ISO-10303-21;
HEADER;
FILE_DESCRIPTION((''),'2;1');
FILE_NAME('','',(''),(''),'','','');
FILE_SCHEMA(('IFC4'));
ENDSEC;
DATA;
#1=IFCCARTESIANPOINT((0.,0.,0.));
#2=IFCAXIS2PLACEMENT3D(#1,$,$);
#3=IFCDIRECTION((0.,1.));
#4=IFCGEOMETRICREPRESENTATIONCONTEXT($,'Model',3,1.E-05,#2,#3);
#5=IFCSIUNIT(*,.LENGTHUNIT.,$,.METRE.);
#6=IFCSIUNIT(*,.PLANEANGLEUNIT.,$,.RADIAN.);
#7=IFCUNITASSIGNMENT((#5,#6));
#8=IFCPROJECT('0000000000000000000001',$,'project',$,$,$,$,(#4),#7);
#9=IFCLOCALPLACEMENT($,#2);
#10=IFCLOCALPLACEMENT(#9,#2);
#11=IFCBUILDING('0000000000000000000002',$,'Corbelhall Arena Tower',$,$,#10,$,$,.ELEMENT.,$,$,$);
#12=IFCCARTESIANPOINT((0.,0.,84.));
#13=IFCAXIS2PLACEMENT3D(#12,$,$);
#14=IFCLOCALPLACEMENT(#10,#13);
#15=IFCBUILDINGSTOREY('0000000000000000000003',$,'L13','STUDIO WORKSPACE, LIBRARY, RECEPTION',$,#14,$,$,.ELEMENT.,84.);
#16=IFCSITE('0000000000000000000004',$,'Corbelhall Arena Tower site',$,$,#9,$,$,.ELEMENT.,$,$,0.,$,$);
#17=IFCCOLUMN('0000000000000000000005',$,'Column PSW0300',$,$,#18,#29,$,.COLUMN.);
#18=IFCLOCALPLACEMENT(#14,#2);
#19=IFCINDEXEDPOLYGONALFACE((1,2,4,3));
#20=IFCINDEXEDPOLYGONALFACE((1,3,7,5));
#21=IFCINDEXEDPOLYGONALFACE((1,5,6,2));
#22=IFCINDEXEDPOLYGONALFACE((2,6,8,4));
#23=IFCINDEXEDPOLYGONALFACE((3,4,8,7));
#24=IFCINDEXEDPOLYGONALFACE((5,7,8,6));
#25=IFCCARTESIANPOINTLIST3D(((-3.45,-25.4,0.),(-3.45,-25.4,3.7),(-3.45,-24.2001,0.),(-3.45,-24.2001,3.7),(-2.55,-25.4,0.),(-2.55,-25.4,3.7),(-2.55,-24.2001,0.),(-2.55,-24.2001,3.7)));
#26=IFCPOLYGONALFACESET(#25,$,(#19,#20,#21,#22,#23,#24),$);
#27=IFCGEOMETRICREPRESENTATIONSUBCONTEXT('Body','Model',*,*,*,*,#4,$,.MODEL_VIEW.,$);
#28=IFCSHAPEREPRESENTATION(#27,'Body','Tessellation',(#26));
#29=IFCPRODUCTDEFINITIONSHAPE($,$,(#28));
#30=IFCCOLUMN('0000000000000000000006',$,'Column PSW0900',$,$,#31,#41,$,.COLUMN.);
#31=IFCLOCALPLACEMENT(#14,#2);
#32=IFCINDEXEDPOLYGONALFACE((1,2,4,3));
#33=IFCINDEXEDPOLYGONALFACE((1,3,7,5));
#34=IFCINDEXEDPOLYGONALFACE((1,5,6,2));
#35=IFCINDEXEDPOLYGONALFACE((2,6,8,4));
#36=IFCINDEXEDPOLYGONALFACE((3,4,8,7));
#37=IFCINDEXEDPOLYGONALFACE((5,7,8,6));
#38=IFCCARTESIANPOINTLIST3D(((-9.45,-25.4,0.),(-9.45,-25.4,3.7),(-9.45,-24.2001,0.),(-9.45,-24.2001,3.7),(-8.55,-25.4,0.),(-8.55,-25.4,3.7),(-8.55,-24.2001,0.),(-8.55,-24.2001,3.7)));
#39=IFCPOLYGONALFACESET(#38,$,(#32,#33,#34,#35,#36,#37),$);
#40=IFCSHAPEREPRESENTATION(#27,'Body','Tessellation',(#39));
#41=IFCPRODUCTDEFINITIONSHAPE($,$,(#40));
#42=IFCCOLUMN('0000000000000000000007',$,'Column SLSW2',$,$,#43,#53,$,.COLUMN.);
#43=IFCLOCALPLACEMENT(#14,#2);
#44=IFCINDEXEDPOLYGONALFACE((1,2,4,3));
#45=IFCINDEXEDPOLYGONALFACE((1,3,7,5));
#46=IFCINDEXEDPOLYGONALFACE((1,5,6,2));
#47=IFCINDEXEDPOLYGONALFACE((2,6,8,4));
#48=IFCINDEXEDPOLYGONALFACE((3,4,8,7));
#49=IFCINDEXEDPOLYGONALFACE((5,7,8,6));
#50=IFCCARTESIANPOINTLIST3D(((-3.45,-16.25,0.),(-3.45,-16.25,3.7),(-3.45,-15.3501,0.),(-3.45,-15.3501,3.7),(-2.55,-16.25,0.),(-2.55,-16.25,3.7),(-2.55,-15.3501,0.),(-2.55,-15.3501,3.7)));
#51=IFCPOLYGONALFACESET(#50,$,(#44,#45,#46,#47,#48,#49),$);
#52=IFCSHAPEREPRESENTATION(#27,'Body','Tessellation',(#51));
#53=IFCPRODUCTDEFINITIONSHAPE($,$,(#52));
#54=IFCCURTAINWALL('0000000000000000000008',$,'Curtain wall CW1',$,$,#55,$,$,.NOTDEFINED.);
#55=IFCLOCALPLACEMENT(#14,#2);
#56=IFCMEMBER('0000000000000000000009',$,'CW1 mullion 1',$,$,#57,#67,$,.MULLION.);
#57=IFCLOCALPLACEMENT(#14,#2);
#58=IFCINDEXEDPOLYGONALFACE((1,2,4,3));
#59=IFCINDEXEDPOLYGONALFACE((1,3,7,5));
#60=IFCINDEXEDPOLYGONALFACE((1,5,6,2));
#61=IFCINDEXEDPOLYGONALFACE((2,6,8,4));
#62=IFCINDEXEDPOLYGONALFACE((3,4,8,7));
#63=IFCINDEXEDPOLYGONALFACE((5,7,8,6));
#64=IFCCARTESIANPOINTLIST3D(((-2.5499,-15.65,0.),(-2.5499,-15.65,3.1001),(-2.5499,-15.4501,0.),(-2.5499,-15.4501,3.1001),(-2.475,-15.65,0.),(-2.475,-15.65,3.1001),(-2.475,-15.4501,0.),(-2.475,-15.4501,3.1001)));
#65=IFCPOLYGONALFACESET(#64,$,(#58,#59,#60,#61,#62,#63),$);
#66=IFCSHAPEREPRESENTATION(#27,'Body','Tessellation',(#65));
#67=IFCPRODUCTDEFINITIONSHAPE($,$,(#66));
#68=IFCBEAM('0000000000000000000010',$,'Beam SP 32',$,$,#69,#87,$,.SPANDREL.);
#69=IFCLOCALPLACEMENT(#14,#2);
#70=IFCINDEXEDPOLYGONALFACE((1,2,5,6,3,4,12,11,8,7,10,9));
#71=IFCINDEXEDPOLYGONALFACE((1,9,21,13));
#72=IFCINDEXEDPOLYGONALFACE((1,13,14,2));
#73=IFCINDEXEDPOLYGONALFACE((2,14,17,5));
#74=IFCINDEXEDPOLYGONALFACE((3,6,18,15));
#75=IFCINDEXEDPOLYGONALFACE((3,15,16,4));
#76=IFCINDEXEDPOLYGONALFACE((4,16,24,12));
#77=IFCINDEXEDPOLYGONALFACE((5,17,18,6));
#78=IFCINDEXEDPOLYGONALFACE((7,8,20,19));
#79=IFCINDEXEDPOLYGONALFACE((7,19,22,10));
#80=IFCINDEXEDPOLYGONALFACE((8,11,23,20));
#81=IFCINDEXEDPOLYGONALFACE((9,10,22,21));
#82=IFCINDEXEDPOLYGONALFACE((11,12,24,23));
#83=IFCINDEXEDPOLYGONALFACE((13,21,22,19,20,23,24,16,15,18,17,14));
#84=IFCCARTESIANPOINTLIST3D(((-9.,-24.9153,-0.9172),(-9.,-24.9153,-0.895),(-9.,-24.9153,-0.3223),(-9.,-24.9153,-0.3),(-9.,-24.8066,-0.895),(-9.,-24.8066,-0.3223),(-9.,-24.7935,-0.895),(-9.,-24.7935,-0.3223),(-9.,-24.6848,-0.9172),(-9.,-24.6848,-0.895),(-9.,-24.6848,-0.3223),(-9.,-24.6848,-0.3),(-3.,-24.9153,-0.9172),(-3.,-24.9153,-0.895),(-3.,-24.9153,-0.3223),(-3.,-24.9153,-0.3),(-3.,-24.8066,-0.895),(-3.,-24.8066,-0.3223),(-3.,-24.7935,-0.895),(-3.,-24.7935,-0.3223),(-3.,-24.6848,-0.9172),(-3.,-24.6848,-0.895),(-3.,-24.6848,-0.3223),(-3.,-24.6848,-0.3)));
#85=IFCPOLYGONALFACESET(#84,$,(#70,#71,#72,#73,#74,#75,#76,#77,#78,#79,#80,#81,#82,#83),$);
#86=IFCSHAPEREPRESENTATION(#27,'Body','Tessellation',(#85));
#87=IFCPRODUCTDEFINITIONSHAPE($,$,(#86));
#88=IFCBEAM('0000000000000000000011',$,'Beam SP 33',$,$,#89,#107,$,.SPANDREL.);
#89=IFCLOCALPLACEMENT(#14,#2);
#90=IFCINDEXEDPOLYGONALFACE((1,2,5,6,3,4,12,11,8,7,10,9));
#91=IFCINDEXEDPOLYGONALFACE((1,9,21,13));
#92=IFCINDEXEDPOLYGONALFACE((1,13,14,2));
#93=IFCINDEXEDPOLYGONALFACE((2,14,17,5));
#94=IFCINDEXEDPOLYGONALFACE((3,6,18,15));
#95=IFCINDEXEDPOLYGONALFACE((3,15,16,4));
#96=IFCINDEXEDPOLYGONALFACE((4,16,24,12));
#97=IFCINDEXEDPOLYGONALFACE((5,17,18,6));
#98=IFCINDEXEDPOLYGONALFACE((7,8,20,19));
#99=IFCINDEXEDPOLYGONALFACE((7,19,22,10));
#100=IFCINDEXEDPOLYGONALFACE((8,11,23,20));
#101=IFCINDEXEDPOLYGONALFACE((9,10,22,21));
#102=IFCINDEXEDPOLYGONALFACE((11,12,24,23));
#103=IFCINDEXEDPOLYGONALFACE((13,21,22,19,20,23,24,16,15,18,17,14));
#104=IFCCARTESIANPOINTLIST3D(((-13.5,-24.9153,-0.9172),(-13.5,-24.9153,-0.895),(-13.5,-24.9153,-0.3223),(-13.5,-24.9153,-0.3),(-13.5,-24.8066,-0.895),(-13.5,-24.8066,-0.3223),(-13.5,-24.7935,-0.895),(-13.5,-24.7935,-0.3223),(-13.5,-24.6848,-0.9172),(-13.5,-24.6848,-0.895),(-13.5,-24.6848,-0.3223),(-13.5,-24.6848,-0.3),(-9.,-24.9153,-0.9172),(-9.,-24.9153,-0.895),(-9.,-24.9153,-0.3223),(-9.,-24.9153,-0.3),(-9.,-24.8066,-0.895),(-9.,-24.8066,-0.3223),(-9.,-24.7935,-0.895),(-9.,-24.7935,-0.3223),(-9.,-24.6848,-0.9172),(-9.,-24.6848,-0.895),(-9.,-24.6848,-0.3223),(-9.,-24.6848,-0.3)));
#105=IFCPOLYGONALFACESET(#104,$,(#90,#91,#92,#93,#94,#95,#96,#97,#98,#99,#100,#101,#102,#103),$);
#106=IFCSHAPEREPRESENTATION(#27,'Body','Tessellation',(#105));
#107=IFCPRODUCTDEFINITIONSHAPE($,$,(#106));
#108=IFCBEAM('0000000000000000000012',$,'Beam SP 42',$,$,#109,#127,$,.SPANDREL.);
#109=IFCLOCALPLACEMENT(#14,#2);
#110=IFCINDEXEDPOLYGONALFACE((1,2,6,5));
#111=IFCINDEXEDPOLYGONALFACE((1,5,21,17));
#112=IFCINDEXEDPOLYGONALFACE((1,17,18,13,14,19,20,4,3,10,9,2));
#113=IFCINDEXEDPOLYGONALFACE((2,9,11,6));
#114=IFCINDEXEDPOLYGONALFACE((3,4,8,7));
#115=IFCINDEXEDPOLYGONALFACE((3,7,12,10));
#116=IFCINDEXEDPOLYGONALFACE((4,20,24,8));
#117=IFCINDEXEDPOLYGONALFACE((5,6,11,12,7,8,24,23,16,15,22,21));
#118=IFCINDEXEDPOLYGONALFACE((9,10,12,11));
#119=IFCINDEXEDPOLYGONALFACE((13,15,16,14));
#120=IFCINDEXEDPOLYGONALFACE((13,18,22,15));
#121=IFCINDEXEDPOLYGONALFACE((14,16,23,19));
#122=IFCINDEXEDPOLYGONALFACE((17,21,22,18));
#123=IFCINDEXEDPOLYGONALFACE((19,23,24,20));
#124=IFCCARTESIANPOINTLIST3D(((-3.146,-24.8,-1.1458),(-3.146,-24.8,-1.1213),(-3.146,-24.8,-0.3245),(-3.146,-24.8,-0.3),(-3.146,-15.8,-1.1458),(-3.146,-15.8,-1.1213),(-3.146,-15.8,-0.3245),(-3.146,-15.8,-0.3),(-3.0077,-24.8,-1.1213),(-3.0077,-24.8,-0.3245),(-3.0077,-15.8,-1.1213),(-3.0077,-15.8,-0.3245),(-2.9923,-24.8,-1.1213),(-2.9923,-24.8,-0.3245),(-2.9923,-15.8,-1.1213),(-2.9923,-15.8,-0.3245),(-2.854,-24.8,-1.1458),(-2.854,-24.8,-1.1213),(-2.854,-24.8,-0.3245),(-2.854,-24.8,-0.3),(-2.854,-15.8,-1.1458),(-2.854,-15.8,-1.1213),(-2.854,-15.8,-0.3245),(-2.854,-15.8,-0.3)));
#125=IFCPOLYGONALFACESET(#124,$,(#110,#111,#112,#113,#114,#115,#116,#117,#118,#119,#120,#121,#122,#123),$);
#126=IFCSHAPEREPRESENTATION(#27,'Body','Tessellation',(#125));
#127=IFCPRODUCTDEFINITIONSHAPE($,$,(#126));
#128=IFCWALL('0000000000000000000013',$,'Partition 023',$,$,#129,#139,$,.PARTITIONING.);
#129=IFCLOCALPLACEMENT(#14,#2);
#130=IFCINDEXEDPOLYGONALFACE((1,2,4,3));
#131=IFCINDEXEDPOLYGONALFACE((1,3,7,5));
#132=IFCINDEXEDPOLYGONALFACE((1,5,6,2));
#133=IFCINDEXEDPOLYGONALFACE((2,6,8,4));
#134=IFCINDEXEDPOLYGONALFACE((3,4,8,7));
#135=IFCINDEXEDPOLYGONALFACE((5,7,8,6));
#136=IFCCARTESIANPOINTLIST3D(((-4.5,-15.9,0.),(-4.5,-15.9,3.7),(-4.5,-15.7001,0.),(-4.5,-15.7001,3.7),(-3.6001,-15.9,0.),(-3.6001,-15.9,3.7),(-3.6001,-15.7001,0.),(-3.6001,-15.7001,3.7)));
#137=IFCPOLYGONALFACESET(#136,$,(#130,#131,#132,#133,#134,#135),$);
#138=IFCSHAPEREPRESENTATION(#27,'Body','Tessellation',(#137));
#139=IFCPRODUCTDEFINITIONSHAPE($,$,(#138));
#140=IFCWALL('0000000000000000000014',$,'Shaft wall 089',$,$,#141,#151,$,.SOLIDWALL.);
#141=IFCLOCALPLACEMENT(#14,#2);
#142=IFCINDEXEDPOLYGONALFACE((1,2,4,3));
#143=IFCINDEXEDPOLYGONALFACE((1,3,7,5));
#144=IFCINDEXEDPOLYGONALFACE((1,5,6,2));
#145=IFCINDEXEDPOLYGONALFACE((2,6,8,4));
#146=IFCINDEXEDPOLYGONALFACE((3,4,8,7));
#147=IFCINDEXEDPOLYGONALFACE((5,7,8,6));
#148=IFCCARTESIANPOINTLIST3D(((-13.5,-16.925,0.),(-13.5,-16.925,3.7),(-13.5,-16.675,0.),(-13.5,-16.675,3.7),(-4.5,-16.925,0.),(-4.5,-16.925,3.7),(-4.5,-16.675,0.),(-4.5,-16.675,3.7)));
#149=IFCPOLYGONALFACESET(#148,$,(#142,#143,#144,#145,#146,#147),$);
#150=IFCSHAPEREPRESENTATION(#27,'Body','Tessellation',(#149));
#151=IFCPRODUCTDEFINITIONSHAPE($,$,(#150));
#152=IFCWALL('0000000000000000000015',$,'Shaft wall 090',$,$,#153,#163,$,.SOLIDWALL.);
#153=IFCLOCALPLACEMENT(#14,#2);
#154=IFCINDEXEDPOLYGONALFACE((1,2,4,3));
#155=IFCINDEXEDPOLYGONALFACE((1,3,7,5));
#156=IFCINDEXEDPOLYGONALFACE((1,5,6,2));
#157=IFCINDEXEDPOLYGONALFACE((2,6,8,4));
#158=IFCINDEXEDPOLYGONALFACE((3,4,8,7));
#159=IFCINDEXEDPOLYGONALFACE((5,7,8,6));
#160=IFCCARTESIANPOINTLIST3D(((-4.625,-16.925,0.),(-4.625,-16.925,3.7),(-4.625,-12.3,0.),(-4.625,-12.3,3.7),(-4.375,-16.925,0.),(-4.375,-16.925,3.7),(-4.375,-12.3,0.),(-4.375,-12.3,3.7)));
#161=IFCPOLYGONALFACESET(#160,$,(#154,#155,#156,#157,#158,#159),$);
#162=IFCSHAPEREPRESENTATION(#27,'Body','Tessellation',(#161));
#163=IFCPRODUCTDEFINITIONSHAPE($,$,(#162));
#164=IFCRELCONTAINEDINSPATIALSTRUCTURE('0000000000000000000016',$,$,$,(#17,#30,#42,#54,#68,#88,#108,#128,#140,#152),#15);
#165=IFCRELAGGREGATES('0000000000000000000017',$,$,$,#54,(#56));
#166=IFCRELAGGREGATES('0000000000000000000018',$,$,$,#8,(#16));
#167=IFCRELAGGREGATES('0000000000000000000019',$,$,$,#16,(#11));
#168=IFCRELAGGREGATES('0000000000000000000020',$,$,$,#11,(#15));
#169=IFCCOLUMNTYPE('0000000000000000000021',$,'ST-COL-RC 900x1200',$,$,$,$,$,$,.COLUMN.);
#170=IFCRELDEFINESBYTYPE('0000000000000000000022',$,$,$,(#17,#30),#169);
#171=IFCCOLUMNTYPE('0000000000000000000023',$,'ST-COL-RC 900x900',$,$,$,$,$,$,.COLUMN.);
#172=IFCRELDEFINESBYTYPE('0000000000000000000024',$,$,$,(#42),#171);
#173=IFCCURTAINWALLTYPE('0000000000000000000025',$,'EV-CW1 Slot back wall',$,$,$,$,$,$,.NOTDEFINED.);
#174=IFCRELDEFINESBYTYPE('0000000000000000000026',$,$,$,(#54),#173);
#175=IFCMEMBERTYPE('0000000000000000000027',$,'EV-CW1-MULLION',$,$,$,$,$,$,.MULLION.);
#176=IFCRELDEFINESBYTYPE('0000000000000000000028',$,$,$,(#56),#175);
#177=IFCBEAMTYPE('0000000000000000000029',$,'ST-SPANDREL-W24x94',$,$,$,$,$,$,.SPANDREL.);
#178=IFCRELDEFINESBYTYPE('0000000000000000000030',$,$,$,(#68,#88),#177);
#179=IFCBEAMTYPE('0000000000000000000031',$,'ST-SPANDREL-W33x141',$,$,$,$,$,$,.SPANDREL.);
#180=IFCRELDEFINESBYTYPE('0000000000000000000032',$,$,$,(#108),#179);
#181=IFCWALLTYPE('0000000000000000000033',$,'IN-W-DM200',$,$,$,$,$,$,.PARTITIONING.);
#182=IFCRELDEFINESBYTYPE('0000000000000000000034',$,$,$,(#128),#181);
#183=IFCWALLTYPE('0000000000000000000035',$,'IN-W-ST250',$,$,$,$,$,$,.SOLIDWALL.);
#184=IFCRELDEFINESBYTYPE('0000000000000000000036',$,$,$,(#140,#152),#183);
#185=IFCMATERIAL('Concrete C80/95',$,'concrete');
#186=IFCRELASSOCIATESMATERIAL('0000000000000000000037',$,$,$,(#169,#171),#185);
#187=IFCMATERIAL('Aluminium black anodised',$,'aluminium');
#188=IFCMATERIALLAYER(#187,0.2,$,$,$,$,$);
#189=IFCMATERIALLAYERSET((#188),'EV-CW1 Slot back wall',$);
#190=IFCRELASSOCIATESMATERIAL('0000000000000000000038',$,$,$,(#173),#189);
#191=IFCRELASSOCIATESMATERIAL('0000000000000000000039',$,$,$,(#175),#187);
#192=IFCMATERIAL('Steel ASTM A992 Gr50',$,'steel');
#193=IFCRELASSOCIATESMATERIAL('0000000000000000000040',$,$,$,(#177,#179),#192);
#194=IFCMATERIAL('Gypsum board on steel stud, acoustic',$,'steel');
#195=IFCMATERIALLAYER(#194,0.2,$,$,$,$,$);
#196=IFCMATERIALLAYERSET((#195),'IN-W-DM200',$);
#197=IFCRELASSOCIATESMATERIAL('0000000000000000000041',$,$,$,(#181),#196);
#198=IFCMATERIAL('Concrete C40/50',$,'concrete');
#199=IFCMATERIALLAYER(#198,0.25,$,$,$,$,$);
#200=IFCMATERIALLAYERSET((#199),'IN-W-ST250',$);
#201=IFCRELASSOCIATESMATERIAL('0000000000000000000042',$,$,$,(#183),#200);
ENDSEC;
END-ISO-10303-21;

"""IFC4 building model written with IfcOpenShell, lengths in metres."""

from ifc_helpers import new_model, si_unit, direction, frame, frame_2d, origin, origin_2d, place, context, subcontext, project, spatial, rectangle, i_section, extrude, material, layer, layer_set, material_profile, profile_set, type_object, element, aggregate, save


model = new_model("IFC4")

# Units and contexts
model_context = context("Model", 3, precision=1e-05, world=origin(), true_north=direction((0.0, 1.0)))
body_context = subcontext(model_context, "Body", "Model", "MODEL_VIEW")
ifc_project = project(units=[si_unit("LENGTHUNIT", "METRE"), si_unit("PLANEANGLEUNIT", "RADIAN")], contexts=[model_context])

# Site, building, storey
site_placement = place(None, origin())
site = spatial("IfcSite", under=ifc_project, at=site_placement, Name="Corbelhall Arena Tower site", CompositionType="ELEMENT", RefElevation=0.0)
building_placement = place(site_placement, origin())
building = spatial("IfcBuilding", under=site, at=building_placement, Name="Corbelhall Arena Tower", CompositionType="ELEMENT")
storey_placement = place(building_placement, frame((0.0, 0.0, 84.0)))
storey = spatial("IfcBuildingStorey", under=building, at=storey_placement, Name="L13", Description="STUDIO WORKSPACE, LIBRARY, RECEPTION", CompositionType="ELEMENT", Elevation=84.0)

# Columns
ifc_material_1 = material(Name="Concrete C80/95", Category="concrete")
ifc_material_profile_1 = material_profile(ifc_material_1, rectangle(XDim=0.8999, YDim=1.2, at=origin_2d()))
ifc_profile_set_1 = profile_set([ifc_material_profile_1], Name="Concrete C80/95")
column_type_1 = type_object("IfcColumnType", Name="ST-COL-RC 900x1200", PredefinedType="COLUMN", material=ifc_profile_set_1)
for number, where, z_axis, x_axis, name in (
    (1, (-3.0, -24.8, 0.0), (0.0, 0.0, 1.0), (1.0, 0.0, 0.0), "Column PSW0300"),
    (2, (-9.0, -24.8, 0.0), (0.0, 0.0, 1.0), (1.0, 0.0, 0.0), "Column PSW0900"),
):
    element("IfcColumn", number, at=place(storey_placement, frame(where, z_axis=z_axis, x_axis=x_axis)), inside=storey, type_object=column_type_1, Name=name, PredefinedType="COLUMN", context=body_context, shape_type="SweptSolid", body=[
        extrude(rectangle(XDim=0.8999, YDim=1.2, at=origin_2d()), origin(), (0.0, 0.0, 1.0), 3.7),
    ])
ifc_material_profile_2 = material_profile(ifc_material_1, rectangle(XDim=0.8999, YDim=0.8999, at=origin_2d()))
ifc_profile_set_2 = profile_set([ifc_material_profile_2], Name="Concrete C80/95")
column_type_2 = type_object("IfcColumnType", Name="ST-COL-RC 900x900", PredefinedType="COLUMN", material=ifc_profile_set_2)
column_placement = place(storey_placement, frame((-3.0, -15.8, 0.0), z_axis=(0.0, 0.0, 1.0), x_axis=(1.0, 0.0, 0.0)))
element("IfcColumn", 3, at=column_placement, inside=storey, type_object=column_type_2, Name="Column SLSW2", PredefinedType="COLUMN", context=body_context, shape_type="SweptSolid", body=[
    extrude(rectangle(XDim=0.8999, YDim=0.8999, at=origin_2d()), origin(), (0.0, 0.0, 1.0), 3.7),
])

# Curtain wall, member
ifc_material_2 = material(Name="Aluminium black anodised", Category="aluminium")
ifc_layer_1 = layer(ifc_material_2, 0.2)
ifc_layer_set_1 = layer_set([ifc_layer_1], Name="EV-CW1 Slot back wall")
curtain_wall_type = type_object("IfcCurtainWallType", Name="EV-CW1 Slot back wall", PredefinedType="NOTDEFINED", material=ifc_layer_set_1)
curtain_wall_placement = place(storey_placement, origin())
curtain_wall = element("IfcCurtainWall", 4, at=curtain_wall_placement, inside=storey, type_object=curtain_wall_type, Name="Curtain wall CW1", PredefinedType="NOTDEFINED")
ifc_material_profile_3 = material_profile(ifc_material_2, rectangle(XDim=0.2, YDim=0.075, at=origin_2d()))
ifc_profile_set_3 = profile_set([ifc_material_profile_3], Name="Aluminium black anodised")
member_type = type_object("IfcMemberType", Name="EV-CW1-MULLION", PredefinedType="MULLION", material=ifc_profile_set_3)
member_placement = place(storey_placement, frame((-2.5125, -15.55, 0.0), z_axis=(0.0, 0.0, 1.0), x_axis=(0.0, 1.0, 0.0)))
member = element("IfcMember", 5, at=member_placement, type_object=member_type, Name="CW1 mullion 1", PredefinedType="MULLION", context=body_context, shape_type="SweptSolid", body=[
    extrude(rectangle(XDim=0.2, YDim=0.075, at=origin_2d()), origin(), (0.0, 0.0, 1.0), 3.1001),
])
aggregate(curtain_wall, [member])

# Beams
ifc_material_3 = material(Name="Steel ASTM A992 Gr50", Category="steel")
ifc_material_profile_4 = material_profile(ifc_material_3, i_section(OverallWidth=0.2305, OverallDepth=0.6172, WebThickness=0.0132, FlangeThickness=0.0222, at=origin_2d()))
ifc_profile_set_4 = profile_set([ifc_material_profile_4], Name="Steel ASTM A992 Gr50")
beam_type_1 = type_object("IfcBeamType", Name="ST-SPANDREL-W24x94", PredefinedType="SPANDREL", material=ifc_profile_set_4)
beam_1_placement = place(storey_placement, frame((-3.0, -24.8, -0.6086), z_axis=(-1.0, 0.0, 0.0), x_axis=(0.0, -1.0, 0.0)))
element("IfcBeam", 6, at=beam_1_placement, inside=storey, type_object=beam_type_1, Name="Beam SP 32", PredefinedType="SPANDREL", context=body_context, shape_type="SweptSolid", body=[
    extrude(i_section(OverallWidth=0.2305, OverallDepth=0.6172, WebThickness=0.0132, FlangeThickness=0.0222, at=origin_2d()), origin(), (0.0, 0.0, 1.0), 6.0),
])
beam_2_placement = place(storey_placement, frame((-9.0, -24.8, -0.6086), z_axis=(-1.0, 0.0, 0.0), x_axis=(0.0, -1.0, 0.0)))
element("IfcBeam", 7, at=beam_2_placement, inside=storey, type_object=beam_type_1, Name="Beam SP 33", PredefinedType="SPANDREL", context=body_context, shape_type="SweptSolid", body=[
    extrude(i_section(OverallWidth=0.2305, OverallDepth=0.6172, WebThickness=0.0132, FlangeThickness=0.0222, at=origin_2d()), origin(), (0.0, 0.0, 1.0), 4.5),
])
ifc_material_profile_5 = material_profile(ifc_material_3, i_section(OverallWidth=0.292, OverallDepth=0.8457, WebThickness=0.0154, FlangeThickness=0.0244, at=origin_2d()))
ifc_profile_set_5 = profile_set([ifc_material_profile_5], Name="Steel ASTM A992 Gr50")
beam_type_2 = type_object("IfcBeamType", Name="ST-SPANDREL-W33x141", PredefinedType="SPANDREL", material=ifc_profile_set_5)
beam_3_placement = place(storey_placement, frame((-3.0, -15.8, -0.7229), z_axis=(0.0, -1.0, 0.0), x_axis=(1.0, 0.0, 0.0)))
element("IfcBeam", 8, at=beam_3_placement, inside=storey, type_object=beam_type_2, Name="Beam SP 42", PredefinedType="SPANDREL", context=body_context, shape_type="SweptSolid", body=[
    extrude(i_section(OverallWidth=0.292, OverallDepth=0.8457, WebThickness=0.0154, FlangeThickness=0.0244, at=origin_2d()), origin(), (0.0, 0.0, 1.0), 9.0),
])

# Walls
ifc_material_4 = material(Name="Gypsum board on steel stud, acoustic", Category="steel")
ifc_layer_2 = layer(ifc_material_4, 0.2)
ifc_layer_set_2 = layer_set([ifc_layer_2], Name="IN-W-DM200")
wall_type_1 = type_object("IfcWallType", Name="IN-W-DM200", PredefinedType="PARTITIONING", material=ifc_layer_set_2)
wall_1_placement = place(storey_placement, frame((-3.6001, -15.8, 0.0), z_axis=(0.0, 0.0, 1.0), x_axis=(-1.0, 0.0, 0.0)))
element("IfcWall", 9, at=wall_1_placement, inside=storey, type_object=wall_type_1, Name="Partition 023", PredefinedType="PARTITIONING", context=body_context, shape_type="SweptSolid", body=[
    extrude(rectangle(XDim=0.8999, YDim=0.2, at=frame_2d((0.45, 0.0))), origin(), (0.0, 0.0, 1.0), 3.7),
])
ifc_material_5 = material(Name="Concrete C40/50", Category="concrete")
ifc_layer_3 = layer(ifc_material_5, 0.25)
ifc_layer_set_3 = layer_set([ifc_layer_3], Name="IN-W-ST250")
wall_type_2 = type_object("IfcWallType", Name="IN-W-ST250", PredefinedType="SOLIDWALL", material=ifc_layer_set_3)
wall_2_placement = place(storey_placement, frame((-4.5, -16.8, 0.0), z_axis=(0.0, 0.0, 1.0), x_axis=(-1.0, 0.0, 0.0)))
element("IfcWall", 10, at=wall_2_placement, inside=storey, type_object=wall_type_2, Name="Shaft wall 089", PredefinedType="SOLIDWALL", context=body_context, shape_type="SweptSolid", body=[
    extrude(rectangle(XDim=9.0, YDim=0.25, at=frame_2d((4.5, 0.0))), origin(), (0.0, 0.0, 1.0), 3.7),
])
wall_3_placement = place(storey_placement, frame((-4.5, -12.3, 0.0), z_axis=(0.0, 0.0, 1.0), x_axis=(0.0, -1.0, 0.0)))
element("IfcWall", 11, at=wall_3_placement, inside=storey, type_object=wall_type_2, Name="Shaft wall 090", PredefinedType="SOLIDWALL", context=body_context, shape_type="SweptSolid", body=[
    extrude(rectangle(XDim=4.625, YDim=0.25, at=frame_2d((2.3125, 0.0))), origin(), (0.0, 0.0, 1.0), 3.7),
])

save(model, "model.ifc")
